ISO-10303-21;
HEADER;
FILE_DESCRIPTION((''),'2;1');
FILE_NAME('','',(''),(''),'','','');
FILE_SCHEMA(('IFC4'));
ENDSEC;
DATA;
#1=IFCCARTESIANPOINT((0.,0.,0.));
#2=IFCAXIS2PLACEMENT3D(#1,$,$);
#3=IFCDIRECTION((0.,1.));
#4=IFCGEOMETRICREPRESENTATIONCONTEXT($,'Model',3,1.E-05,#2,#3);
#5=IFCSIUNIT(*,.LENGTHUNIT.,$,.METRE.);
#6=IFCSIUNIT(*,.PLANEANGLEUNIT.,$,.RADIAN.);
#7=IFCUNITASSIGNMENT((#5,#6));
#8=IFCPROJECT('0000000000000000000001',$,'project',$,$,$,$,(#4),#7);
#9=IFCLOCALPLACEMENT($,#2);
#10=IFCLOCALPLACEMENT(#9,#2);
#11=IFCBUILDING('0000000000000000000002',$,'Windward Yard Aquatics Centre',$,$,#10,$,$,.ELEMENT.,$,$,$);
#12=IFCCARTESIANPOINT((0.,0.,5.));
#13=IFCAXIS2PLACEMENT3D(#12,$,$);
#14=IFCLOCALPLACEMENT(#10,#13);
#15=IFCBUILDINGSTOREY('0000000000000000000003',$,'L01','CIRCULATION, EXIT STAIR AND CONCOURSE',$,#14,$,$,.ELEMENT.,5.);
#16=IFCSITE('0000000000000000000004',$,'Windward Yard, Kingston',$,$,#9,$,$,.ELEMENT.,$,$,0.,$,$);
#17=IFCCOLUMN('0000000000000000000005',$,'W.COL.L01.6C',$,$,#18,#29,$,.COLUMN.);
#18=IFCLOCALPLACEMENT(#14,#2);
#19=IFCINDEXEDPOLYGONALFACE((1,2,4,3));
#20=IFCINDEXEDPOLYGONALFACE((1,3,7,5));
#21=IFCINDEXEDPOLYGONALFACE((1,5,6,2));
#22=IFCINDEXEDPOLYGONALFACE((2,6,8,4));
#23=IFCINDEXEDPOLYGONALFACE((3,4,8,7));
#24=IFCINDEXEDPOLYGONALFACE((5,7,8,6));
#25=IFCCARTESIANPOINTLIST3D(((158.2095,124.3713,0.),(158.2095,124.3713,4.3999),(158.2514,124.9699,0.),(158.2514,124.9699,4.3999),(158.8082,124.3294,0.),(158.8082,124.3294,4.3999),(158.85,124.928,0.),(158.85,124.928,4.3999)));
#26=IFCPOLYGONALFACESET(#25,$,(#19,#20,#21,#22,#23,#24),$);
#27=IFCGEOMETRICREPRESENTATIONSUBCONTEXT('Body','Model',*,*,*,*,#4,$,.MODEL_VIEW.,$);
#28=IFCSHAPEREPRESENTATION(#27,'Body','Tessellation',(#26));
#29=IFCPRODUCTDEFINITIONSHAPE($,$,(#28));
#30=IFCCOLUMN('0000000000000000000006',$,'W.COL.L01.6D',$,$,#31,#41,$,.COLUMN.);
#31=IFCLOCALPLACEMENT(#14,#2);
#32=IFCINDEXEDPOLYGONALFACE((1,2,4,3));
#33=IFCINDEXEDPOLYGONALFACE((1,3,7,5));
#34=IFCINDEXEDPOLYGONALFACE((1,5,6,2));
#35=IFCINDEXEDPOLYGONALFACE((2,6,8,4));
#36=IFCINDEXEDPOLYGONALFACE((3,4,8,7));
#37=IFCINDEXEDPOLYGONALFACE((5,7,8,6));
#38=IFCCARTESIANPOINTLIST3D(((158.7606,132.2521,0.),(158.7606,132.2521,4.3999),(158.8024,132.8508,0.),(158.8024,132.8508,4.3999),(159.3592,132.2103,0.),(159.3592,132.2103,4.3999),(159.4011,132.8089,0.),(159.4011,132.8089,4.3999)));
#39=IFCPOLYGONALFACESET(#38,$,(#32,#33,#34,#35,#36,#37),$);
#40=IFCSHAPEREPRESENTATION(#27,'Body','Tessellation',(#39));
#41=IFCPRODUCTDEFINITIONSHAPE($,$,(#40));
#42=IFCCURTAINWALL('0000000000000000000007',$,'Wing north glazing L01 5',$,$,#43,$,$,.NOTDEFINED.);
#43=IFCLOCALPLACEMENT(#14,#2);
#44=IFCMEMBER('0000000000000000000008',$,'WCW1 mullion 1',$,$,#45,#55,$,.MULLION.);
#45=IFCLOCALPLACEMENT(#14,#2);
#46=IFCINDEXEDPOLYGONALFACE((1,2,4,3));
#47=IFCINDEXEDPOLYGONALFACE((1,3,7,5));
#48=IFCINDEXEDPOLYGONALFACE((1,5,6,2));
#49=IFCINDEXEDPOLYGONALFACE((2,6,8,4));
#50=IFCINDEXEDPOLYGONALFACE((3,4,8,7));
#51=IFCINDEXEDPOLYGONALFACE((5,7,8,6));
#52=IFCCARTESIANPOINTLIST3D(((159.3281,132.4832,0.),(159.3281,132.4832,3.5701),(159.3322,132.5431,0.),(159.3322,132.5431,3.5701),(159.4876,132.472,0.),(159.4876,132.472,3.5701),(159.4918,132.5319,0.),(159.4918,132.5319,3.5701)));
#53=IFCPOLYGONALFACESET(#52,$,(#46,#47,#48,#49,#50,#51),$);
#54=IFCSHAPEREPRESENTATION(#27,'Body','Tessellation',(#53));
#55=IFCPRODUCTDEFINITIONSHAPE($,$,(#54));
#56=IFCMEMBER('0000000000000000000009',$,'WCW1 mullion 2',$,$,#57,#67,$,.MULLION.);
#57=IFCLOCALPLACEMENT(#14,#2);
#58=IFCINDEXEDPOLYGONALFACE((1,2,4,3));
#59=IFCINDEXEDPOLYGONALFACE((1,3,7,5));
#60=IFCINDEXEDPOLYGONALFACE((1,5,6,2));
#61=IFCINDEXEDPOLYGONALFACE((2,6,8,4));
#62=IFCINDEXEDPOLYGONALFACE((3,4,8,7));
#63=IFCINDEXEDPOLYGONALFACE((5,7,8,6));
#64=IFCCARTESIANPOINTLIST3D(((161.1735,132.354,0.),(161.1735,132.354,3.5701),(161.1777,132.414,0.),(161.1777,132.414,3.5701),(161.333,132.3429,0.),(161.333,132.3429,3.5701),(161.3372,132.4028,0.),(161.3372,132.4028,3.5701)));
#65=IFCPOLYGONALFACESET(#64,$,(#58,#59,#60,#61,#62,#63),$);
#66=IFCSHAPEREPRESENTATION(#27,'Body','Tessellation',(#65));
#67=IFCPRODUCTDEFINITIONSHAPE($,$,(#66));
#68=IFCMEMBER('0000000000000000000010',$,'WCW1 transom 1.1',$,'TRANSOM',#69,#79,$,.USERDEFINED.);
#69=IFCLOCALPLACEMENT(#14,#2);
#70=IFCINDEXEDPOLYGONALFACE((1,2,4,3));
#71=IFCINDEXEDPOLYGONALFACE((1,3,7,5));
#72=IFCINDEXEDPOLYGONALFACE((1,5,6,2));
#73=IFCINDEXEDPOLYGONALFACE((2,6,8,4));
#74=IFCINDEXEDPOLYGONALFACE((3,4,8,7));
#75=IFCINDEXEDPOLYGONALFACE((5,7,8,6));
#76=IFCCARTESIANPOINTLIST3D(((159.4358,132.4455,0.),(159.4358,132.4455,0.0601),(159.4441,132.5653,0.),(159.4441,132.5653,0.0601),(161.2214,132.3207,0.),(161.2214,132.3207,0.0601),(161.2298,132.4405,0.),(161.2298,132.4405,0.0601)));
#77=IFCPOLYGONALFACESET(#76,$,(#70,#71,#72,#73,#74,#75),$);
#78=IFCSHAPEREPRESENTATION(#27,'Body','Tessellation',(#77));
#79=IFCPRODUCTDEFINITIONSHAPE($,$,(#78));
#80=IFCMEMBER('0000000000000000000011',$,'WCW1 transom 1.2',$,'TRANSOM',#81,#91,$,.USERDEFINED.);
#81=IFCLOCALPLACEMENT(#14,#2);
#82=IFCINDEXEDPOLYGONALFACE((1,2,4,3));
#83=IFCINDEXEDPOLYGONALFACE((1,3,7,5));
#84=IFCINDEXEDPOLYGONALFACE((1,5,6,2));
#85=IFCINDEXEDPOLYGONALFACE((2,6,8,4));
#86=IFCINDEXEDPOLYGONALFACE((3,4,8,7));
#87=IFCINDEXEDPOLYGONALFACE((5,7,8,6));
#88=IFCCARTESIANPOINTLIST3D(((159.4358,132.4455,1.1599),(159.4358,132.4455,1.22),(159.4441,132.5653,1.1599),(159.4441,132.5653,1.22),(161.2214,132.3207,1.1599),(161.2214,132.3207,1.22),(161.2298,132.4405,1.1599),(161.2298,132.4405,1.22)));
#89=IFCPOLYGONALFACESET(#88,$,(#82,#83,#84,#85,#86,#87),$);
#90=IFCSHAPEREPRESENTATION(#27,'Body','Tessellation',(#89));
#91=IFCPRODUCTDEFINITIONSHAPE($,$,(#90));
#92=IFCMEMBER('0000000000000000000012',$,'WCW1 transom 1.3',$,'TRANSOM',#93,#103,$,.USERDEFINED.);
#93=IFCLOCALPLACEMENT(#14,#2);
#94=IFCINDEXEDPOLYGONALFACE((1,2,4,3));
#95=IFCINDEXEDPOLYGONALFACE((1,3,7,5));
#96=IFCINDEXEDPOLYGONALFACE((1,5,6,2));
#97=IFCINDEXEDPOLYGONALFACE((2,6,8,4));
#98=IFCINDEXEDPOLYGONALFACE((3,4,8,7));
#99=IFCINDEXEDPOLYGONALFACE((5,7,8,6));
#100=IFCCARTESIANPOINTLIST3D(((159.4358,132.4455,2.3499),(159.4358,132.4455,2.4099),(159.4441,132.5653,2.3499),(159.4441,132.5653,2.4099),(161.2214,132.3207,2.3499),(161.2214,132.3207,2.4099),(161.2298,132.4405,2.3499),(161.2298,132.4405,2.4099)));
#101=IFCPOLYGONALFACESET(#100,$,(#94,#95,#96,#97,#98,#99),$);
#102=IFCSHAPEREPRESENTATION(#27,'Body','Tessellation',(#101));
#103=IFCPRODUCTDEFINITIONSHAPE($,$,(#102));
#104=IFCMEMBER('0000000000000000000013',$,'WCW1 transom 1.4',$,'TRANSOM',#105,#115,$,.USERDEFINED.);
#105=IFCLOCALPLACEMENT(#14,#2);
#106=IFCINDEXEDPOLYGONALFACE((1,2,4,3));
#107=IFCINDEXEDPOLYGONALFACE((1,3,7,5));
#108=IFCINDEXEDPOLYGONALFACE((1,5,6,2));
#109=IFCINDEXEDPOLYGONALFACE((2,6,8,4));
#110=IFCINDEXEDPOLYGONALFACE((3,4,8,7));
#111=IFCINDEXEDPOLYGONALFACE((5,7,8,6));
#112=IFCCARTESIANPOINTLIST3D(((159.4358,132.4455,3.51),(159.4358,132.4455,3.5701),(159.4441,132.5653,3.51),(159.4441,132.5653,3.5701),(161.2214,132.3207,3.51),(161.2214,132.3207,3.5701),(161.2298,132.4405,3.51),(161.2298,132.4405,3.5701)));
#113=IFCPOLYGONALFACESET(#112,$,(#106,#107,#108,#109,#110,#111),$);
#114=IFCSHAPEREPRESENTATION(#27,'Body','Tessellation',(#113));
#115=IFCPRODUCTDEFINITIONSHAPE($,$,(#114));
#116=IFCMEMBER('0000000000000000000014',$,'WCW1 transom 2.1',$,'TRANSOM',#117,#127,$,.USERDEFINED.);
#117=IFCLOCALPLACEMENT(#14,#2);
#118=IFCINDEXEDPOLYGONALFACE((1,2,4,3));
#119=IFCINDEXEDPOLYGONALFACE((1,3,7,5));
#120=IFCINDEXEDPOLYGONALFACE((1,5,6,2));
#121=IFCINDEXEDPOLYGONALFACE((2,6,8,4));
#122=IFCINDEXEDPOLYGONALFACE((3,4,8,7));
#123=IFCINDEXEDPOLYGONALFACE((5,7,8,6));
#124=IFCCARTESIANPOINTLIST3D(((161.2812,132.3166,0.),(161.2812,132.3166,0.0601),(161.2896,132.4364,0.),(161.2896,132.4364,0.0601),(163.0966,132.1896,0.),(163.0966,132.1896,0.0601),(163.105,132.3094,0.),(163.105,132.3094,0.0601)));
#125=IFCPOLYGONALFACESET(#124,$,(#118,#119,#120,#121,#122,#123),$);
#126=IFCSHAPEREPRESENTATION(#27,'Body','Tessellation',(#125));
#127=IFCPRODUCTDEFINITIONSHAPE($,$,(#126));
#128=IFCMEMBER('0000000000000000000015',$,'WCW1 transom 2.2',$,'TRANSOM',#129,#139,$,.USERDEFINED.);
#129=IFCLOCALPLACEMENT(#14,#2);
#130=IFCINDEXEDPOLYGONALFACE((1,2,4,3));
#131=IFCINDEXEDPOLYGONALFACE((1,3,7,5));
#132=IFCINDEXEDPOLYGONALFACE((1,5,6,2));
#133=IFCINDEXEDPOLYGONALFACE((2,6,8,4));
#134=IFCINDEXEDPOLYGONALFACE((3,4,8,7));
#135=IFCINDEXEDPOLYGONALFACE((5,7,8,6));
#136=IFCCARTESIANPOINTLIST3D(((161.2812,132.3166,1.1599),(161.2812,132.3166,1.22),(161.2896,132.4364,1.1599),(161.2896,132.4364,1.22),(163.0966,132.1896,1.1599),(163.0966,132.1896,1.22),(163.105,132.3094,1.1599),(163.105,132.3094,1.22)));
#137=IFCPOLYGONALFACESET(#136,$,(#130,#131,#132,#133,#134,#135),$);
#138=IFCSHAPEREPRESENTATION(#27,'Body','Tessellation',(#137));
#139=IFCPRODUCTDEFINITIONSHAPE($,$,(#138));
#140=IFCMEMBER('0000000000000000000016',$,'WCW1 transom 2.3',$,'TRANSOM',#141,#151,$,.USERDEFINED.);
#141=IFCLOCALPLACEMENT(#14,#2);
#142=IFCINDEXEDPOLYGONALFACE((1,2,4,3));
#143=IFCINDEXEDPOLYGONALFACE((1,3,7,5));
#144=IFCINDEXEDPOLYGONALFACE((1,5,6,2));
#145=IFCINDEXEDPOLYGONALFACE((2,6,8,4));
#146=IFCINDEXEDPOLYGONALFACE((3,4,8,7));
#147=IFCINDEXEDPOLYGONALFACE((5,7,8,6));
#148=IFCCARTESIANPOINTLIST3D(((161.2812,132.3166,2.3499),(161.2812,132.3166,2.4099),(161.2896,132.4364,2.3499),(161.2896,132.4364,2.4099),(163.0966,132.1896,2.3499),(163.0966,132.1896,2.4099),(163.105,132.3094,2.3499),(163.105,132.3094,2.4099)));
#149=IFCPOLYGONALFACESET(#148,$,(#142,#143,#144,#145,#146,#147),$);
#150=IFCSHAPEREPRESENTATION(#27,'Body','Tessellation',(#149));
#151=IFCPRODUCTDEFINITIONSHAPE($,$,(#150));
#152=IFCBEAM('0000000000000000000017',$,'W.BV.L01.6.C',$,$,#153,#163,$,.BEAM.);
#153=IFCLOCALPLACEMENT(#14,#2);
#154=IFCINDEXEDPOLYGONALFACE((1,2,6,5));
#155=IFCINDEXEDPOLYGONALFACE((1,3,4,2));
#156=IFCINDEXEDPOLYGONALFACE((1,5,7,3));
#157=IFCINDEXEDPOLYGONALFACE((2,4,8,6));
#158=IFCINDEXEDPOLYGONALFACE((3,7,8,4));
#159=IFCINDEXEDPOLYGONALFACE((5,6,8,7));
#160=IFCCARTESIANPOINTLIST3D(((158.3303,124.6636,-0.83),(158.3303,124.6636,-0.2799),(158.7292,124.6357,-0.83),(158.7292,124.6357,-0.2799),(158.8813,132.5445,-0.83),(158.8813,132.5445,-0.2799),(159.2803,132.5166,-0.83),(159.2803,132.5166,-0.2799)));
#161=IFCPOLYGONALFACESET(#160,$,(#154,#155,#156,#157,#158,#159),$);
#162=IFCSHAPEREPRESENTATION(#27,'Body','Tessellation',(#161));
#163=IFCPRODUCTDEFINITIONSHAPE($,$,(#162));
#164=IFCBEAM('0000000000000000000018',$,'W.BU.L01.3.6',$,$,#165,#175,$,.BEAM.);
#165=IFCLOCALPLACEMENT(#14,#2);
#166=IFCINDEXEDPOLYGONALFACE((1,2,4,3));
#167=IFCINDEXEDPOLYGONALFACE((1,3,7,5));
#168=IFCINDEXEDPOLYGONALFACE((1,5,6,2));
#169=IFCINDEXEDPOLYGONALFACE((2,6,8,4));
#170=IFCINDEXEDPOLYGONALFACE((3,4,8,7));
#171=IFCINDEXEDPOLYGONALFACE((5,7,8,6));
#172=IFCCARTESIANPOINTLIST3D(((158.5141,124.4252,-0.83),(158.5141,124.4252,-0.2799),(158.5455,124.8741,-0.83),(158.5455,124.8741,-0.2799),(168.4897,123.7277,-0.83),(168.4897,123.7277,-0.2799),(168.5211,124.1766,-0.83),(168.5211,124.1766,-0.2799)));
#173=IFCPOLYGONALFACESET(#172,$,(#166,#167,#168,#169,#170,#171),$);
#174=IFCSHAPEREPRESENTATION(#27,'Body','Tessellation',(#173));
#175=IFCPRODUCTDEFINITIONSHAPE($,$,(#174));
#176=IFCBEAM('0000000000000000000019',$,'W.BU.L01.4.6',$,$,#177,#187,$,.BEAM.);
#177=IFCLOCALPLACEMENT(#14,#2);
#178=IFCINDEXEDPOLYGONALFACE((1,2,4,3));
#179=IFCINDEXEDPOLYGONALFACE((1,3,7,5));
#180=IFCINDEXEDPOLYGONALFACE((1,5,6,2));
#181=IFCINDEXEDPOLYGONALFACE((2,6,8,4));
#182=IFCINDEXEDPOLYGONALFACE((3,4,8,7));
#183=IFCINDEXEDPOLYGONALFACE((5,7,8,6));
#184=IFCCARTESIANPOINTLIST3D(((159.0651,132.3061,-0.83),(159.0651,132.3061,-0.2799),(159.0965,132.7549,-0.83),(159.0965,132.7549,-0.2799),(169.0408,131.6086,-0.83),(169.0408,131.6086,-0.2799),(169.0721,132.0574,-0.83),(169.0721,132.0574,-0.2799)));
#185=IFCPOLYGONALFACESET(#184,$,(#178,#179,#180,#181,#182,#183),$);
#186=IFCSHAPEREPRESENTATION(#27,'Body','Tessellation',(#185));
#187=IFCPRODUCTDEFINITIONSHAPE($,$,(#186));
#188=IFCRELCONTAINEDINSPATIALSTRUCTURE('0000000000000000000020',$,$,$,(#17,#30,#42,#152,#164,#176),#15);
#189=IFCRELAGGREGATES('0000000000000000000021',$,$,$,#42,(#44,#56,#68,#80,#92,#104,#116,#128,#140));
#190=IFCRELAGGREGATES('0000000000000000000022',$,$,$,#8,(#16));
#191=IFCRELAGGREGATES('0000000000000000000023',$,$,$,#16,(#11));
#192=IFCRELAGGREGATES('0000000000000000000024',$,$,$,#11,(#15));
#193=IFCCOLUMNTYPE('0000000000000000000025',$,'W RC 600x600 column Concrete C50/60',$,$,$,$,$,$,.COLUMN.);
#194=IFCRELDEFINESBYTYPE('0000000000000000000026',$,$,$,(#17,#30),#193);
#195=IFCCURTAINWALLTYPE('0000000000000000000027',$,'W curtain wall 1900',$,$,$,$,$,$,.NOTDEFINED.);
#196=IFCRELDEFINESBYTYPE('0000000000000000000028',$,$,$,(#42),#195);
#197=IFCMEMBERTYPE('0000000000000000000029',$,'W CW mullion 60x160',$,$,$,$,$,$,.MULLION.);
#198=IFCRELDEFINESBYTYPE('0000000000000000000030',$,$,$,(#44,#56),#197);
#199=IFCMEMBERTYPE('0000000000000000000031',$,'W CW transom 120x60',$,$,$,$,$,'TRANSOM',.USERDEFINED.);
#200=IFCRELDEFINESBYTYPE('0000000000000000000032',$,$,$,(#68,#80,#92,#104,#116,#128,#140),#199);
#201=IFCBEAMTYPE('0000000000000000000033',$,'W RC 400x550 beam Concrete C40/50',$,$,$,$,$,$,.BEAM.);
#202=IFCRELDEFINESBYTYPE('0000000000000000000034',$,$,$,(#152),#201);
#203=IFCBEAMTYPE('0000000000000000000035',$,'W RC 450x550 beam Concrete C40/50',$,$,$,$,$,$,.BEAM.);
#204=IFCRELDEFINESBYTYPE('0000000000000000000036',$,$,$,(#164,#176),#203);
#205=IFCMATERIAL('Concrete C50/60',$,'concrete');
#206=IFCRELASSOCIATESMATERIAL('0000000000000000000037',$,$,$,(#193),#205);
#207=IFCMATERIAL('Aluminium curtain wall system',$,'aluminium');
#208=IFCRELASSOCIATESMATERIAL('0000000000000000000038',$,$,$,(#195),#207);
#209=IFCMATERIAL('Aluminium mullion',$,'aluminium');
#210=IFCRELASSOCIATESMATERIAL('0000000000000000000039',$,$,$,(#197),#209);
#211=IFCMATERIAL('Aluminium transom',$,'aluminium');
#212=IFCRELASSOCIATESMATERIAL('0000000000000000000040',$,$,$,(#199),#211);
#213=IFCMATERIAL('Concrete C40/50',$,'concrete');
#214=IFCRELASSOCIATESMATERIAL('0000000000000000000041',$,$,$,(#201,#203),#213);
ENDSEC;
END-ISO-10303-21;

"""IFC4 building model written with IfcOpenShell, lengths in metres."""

from ifc_helpers import new_model, si_unit, direction, frame, origin, origin_2d, place, context, subcontext, project, spatial, rectangle, extrude, material, material_profile, profile_set, type_object, element, aggregate, save


model = new_model("IFC4")

# Units and contexts
model_context = context("Model", 3, precision=1e-05, world=origin(), true_north=direction((0.0, 1.0)))
body_context = subcontext(model_context, "Body", "Model", "MODEL_VIEW")
ifc_project = project(units=[si_unit("LENGTHUNIT", "METRE"), si_unit("PLANEANGLEUNIT", "RADIAN")], contexts=[model_context])

# Site, building, storey
site_placement = place(None, origin())
site = spatial("IfcSite", under=ifc_project, at=site_placement, Name="Windward Yard, Kingston", CompositionType="ELEMENT", RefElevation=0.0)
building_placement = place(site_placement, origin())
building = spatial("IfcBuilding", under=site, at=building_placement, Name="Windward Yard Aquatics Centre", CompositionType="ELEMENT")
storey_placement = place(building_placement, frame((0.0, 0.0, 5.0)))
storey = spatial("IfcBuildingStorey", under=building, at=storey_placement, Name="L01", Description="CIRCULATION, EXIT STAIR AND CONCOURSE", CompositionType="ELEMENT", Elevation=5.0)

# Columns
ifc_material_1 = material(Name="Concrete C50/60", Category="concrete")
ifc_material_profile_1 = material_profile(ifc_material_1, rectangle(XDim=0.6001, YDim=0.6001, at=origin_2d()), Name="RC 600x600")
ifc_profile_set_1 = profile_set([ifc_material_profile_1], Name="Concrete C50/60")
column_type = type_object("IfcColumnType", Name="W RC 600x600 column Concrete C50/60", PredefinedType="COLUMN", material=ifc_profile_set_1)
for number, where, z_axis, x_axis, name in (
    (1, (158.5298, 124.6497, 0.0), (0.0, 0.0, 1.0), (0.997564, -0.069756, 0.0), "W.COL.L01.6C"),
    (2, (159.0808, 132.5305, 0.0), (0.0, 0.0, 1.0), (0.997564, -0.069756, 0.0), "W.COL.L01.6D"),
):
    element("IfcColumn", number, at=place(storey_placement, frame(where, z_axis=z_axis, x_axis=x_axis)), inside=storey, type_object=column_type, Name=name, PredefinedType="COLUMN", context=body_context, shape_type="SweptSolid", body=[
        extrude(rectangle(XDim=0.6001, YDim=0.6001, at=origin_2d()), origin(), (0.0, 0.0, 1.0), 4.3999),
    ])

# Curtain wall, members
ifc_material_2 = material(Name="Aluminium curtain wall system", Category="aluminium")
curtain_wall_type = type_object("IfcCurtainWallType", Name="W curtain wall 1900", PredefinedType="NOTDEFINED", material=ifc_material_2)
curtain_wall_placement = place(storey_placement, origin())
curtain_wall = element("IfcCurtainWall", 3, at=curtain_wall_placement, inside=storey, type_object=curtain_wall_type, Name="Wing north glazing L01 5", PredefinedType="NOTDEFINED")
ifc_material_3 = material(Name="Aluminium mullion", Category="aluminium")
ifc_material_profile_2 = material_profile(ifc_material_3, rectangle(XDim=0.0601, YDim=0.1599, at=origin_2d()), Name="AL 60x160")
ifc_profile_set_2 = profile_set([ifc_material_profile_2], Name="Aluminium mullion")
member_type_1 = type_object("IfcMemberType", Name="W CW mullion 60x160", PredefinedType="MULLION", material=ifc_profile_set_2)
member_1_placement = place(storey_placement, frame((159.4099, 132.5076, 0.0), z_axis=(0.0, 0.0, 1.0), x_axis=(0.069755, 0.997564, 0.0)))
member_1 = element("IfcMember", 4, at=member_1_placement, type_object=member_type_1, Name="WCW1 mullion 1", PredefinedType="MULLION", context=body_context, shape_type="SweptSolid", body=[
    extrude(rectangle(XDim=0.0601, YDim=0.1599, at=origin_2d()), origin(), (0.0, 0.0, 1.0), 3.5701),
])
member_2_placement = place(storey_placement, frame((161.2554, 132.3784, 0.0), z_axis=(0.0, 0.0, 1.0), x_axis=(0.069755, 0.997564, 0.0)))
member_2 = element("IfcMember", 5, at=member_2_placement, type_object=member_type_1, Name="WCW1 mullion 2", PredefinedType="MULLION", context=body_context, shape_type="SweptSolid", body=[
    extrude(rectangle(XDim=0.0601, YDim=0.1599, at=origin_2d()), origin(), (0.0, 0.0, 1.0), 3.5701),
])
ifc_material_4 = material(Name="Aluminium transom", Category="aluminium")
ifc_material_profile_3 = material_profile(ifc_material_4, rectangle(XDim=0.1201, YDim=0.0601, at=origin_2d()), Name="AL 120x60")
ifc_profile_set_3 = profile_set([ifc_material_profile_3], Name="Aluminium transom")
member_type_2 = type_object("IfcMemberType", Name="W CW transom 120x60", ElementType="TRANSOM", PredefinedType="USERDEFINED", material=ifc_profile_set_3)
member_3_placement = place(storey_placement, frame((159.4399, 132.5054, 0.03), z_axis=(0.997568, -0.069696, 0.0), x_axis=(0.069696, 0.997568, 0.0)))
member_3 = element("IfcMember", 6, at=member_3_placement, type_object=member_type_2, Name="WCW1 transom 1.1", ObjectType="TRANSOM", PredefinedType="USERDEFINED", context=body_context, shape_type="SweptSolid", body=[
    extrude(rectangle(XDim=0.1201, YDim=0.0601, at=origin_2d()), origin(), (0.0, 0.0, 1.0), 1.79),
])
member_4_placement = place(storey_placement, frame((159.4399, 132.5054, 1.1899), z_axis=(0.997568, -0.069696, 0.0), x_axis=(0.069696, 0.997568, 0.0)))
member_4 = element("IfcMember", 7, at=member_4_placement, type_object=member_type_2, Name="WCW1 transom 1.2", ObjectType="TRANSOM", PredefinedType="USERDEFINED", context=body_context, shape_type="SweptSolid", body=[
    extrude(rectangle(XDim=0.1201, YDim=0.0601, at=origin_2d()), origin(), (0.0, 0.0, 1.0), 1.79),
])
member_5_placement = place(storey_placement, frame((159.4399, 132.5054, 2.3799), z_axis=(0.997568, -0.069696, 0.0), x_axis=(0.069696, 0.997568, 0.0)))
member_5 = element("IfcMember", 8, at=member_5_placement, type_object=member_type_2, Name="WCW1 transom 1.3", ObjectType="TRANSOM", PredefinedType="USERDEFINED", context=body_context, shape_type="SweptSolid", body=[
    extrude(rectangle(XDim=0.1201, YDim=0.0601, at=origin_2d()), origin(), (0.0, 0.0, 1.0), 1.79),
])
member_6_placement = place(storey_placement, frame((159.4399, 132.5054, 3.54), z_axis=(0.997568, -0.069696, 0.0), x_axis=(0.069696, 0.997568, 0.0)))
member_6 = element("IfcMember", 9, at=member_6_placement, type_object=member_type_2, Name="WCW1 transom 1.4", ObjectType="TRANSOM", PredefinedType="USERDEFINED", context=body_context, shape_type="SweptSolid", body=[
    extrude(rectangle(XDim=0.1201, YDim=0.0601, at=origin_2d()), origin(), (0.0, 0.0, 1.0), 1.79),
])
member_7_placement = place(storey_placement, frame((161.2854, 132.3765, 0.03), z_axis=(0.997564, -0.06976, 0.0), x_axis=(0.06976, 0.997564, 0.0)))
member_7 = element("IfcMember", 10, at=member_7_placement, type_object=member_type_2, Name="WCW1 transom 2.1", ObjectType="TRANSOM", PredefinedType="USERDEFINED", context=body_context, shape_type="SweptSolid", body=[
    extrude(rectangle(XDim=0.1201, YDim=0.0601, at=origin_2d()), origin(), (0.0, 0.0, 1.0), 1.8198),
])
member_8_placement = place(storey_placement, frame((161.2854, 132.3765, 1.1899), z_axis=(0.997564, -0.06976, 0.0), x_axis=(0.06976, 0.997564, 0.0)))
member_8 = element("IfcMember", 11, at=member_8_placement, type_object=member_type_2, Name="WCW1 transom 2.2", ObjectType="TRANSOM", PredefinedType="USERDEFINED", context=body_context, shape_type="SweptSolid", body=[
    extrude(rectangle(XDim=0.1201, YDim=0.0601, at=origin_2d()), origin(), (0.0, 0.0, 1.0), 1.8198),
])
member_9_placement = place(storey_placement, frame((161.2854, 132.3765, 2.3799), z_axis=(0.997564, -0.06976, 0.0), x_axis=(0.06976, 0.997564, 0.0)))
member_9 = element("IfcMember", 12, at=member_9_placement, type_object=member_type_2, Name="WCW1 transom 2.3", ObjectType="TRANSOM", PredefinedType="USERDEFINED", context=body_context, shape_type="SweptSolid", body=[
    extrude(rectangle(XDim=0.1201, YDim=0.0601, at=origin_2d()), origin(), (0.0, 0.0, 1.0), 1.8198),
])

# Beams
ifc_material_5 = material(Name="Concrete C40/50", Category="concrete")
ifc_material_profile_4 = material_profile(ifc_material_5, rectangle(XDim=0.3999, YDim=0.55, at=origin_2d()), Name="RC 400x550")
ifc_profile_set_4 = profile_set([ifc_material_profile_4], Name="Concrete C40/50")
beam_type_1 = type_object("IfcBeamType", Name="W RC 400x550 beam Concrete C40/50", PredefinedType="BEAM", material=ifc_profile_set_4)
beam_placement = place(storey_placement, frame((158.5298, 124.6497, -0.5549), z_axis=(0.069749, 0.997565, 0.0), x_axis=(-0.997565, 0.069749, 0.0)))
element("IfcBeam", 13, at=beam_placement, inside=storey, type_object=beam_type_1, Name="W.BV.L01.6.C", PredefinedType="BEAM", context=body_context, shape_type="SweptSolid", body=[
    extrude(rectangle(XDim=0.3999, YDim=0.55, at=origin_2d()), origin(), (0.0, 0.0, 1.0), 7.9001),
])
ifc_material_profile_5 = material_profile(ifc_material_5, rectangle(XDim=0.45, YDim=0.55, at=origin_2d()), Name="RC 450x550")
ifc_profile_set_5 = profile_set([ifc_material_profile_5], Name="Concrete C40/50")
beam_type_2 = type_object("IfcBeamType", Name="W RC 450x550 beam Concrete C40/50", PredefinedType="BEAM", material=ifc_profile_set_5)
for number, where, z_axis, x_axis, name in (
    (14, (158.5298, 124.6497, -0.5549), (0.997564, -0.069751, 0.0), (0.069751, 0.997564, 0.0), "W.BU.L01.3.6"),
    (15, (159.0808, 132.5305, -0.5549), (0.997564, -0.069751, 0.0), (0.069751, 0.997564, 0.0), "W.BU.L01.4.6"),
):
    element("IfcBeam", number, at=place(storey_placement, frame(where, z_axis=z_axis, x_axis=x_axis)), inside=storey, type_object=beam_type_2, Name=name, PredefinedType="BEAM", context=body_context, shape_type="SweptSolid", body=[
        extrude(rectangle(XDim=0.45, YDim=0.55, at=origin_2d()), origin(), (0.0, 0.0, 1.0), 10.0),
    ])

aggregate(curtain_wall, [member_1, member_2, member_3, member_4, member_5, member_6, member_7, member_8, member_9])

save(model, "model.ifc")
